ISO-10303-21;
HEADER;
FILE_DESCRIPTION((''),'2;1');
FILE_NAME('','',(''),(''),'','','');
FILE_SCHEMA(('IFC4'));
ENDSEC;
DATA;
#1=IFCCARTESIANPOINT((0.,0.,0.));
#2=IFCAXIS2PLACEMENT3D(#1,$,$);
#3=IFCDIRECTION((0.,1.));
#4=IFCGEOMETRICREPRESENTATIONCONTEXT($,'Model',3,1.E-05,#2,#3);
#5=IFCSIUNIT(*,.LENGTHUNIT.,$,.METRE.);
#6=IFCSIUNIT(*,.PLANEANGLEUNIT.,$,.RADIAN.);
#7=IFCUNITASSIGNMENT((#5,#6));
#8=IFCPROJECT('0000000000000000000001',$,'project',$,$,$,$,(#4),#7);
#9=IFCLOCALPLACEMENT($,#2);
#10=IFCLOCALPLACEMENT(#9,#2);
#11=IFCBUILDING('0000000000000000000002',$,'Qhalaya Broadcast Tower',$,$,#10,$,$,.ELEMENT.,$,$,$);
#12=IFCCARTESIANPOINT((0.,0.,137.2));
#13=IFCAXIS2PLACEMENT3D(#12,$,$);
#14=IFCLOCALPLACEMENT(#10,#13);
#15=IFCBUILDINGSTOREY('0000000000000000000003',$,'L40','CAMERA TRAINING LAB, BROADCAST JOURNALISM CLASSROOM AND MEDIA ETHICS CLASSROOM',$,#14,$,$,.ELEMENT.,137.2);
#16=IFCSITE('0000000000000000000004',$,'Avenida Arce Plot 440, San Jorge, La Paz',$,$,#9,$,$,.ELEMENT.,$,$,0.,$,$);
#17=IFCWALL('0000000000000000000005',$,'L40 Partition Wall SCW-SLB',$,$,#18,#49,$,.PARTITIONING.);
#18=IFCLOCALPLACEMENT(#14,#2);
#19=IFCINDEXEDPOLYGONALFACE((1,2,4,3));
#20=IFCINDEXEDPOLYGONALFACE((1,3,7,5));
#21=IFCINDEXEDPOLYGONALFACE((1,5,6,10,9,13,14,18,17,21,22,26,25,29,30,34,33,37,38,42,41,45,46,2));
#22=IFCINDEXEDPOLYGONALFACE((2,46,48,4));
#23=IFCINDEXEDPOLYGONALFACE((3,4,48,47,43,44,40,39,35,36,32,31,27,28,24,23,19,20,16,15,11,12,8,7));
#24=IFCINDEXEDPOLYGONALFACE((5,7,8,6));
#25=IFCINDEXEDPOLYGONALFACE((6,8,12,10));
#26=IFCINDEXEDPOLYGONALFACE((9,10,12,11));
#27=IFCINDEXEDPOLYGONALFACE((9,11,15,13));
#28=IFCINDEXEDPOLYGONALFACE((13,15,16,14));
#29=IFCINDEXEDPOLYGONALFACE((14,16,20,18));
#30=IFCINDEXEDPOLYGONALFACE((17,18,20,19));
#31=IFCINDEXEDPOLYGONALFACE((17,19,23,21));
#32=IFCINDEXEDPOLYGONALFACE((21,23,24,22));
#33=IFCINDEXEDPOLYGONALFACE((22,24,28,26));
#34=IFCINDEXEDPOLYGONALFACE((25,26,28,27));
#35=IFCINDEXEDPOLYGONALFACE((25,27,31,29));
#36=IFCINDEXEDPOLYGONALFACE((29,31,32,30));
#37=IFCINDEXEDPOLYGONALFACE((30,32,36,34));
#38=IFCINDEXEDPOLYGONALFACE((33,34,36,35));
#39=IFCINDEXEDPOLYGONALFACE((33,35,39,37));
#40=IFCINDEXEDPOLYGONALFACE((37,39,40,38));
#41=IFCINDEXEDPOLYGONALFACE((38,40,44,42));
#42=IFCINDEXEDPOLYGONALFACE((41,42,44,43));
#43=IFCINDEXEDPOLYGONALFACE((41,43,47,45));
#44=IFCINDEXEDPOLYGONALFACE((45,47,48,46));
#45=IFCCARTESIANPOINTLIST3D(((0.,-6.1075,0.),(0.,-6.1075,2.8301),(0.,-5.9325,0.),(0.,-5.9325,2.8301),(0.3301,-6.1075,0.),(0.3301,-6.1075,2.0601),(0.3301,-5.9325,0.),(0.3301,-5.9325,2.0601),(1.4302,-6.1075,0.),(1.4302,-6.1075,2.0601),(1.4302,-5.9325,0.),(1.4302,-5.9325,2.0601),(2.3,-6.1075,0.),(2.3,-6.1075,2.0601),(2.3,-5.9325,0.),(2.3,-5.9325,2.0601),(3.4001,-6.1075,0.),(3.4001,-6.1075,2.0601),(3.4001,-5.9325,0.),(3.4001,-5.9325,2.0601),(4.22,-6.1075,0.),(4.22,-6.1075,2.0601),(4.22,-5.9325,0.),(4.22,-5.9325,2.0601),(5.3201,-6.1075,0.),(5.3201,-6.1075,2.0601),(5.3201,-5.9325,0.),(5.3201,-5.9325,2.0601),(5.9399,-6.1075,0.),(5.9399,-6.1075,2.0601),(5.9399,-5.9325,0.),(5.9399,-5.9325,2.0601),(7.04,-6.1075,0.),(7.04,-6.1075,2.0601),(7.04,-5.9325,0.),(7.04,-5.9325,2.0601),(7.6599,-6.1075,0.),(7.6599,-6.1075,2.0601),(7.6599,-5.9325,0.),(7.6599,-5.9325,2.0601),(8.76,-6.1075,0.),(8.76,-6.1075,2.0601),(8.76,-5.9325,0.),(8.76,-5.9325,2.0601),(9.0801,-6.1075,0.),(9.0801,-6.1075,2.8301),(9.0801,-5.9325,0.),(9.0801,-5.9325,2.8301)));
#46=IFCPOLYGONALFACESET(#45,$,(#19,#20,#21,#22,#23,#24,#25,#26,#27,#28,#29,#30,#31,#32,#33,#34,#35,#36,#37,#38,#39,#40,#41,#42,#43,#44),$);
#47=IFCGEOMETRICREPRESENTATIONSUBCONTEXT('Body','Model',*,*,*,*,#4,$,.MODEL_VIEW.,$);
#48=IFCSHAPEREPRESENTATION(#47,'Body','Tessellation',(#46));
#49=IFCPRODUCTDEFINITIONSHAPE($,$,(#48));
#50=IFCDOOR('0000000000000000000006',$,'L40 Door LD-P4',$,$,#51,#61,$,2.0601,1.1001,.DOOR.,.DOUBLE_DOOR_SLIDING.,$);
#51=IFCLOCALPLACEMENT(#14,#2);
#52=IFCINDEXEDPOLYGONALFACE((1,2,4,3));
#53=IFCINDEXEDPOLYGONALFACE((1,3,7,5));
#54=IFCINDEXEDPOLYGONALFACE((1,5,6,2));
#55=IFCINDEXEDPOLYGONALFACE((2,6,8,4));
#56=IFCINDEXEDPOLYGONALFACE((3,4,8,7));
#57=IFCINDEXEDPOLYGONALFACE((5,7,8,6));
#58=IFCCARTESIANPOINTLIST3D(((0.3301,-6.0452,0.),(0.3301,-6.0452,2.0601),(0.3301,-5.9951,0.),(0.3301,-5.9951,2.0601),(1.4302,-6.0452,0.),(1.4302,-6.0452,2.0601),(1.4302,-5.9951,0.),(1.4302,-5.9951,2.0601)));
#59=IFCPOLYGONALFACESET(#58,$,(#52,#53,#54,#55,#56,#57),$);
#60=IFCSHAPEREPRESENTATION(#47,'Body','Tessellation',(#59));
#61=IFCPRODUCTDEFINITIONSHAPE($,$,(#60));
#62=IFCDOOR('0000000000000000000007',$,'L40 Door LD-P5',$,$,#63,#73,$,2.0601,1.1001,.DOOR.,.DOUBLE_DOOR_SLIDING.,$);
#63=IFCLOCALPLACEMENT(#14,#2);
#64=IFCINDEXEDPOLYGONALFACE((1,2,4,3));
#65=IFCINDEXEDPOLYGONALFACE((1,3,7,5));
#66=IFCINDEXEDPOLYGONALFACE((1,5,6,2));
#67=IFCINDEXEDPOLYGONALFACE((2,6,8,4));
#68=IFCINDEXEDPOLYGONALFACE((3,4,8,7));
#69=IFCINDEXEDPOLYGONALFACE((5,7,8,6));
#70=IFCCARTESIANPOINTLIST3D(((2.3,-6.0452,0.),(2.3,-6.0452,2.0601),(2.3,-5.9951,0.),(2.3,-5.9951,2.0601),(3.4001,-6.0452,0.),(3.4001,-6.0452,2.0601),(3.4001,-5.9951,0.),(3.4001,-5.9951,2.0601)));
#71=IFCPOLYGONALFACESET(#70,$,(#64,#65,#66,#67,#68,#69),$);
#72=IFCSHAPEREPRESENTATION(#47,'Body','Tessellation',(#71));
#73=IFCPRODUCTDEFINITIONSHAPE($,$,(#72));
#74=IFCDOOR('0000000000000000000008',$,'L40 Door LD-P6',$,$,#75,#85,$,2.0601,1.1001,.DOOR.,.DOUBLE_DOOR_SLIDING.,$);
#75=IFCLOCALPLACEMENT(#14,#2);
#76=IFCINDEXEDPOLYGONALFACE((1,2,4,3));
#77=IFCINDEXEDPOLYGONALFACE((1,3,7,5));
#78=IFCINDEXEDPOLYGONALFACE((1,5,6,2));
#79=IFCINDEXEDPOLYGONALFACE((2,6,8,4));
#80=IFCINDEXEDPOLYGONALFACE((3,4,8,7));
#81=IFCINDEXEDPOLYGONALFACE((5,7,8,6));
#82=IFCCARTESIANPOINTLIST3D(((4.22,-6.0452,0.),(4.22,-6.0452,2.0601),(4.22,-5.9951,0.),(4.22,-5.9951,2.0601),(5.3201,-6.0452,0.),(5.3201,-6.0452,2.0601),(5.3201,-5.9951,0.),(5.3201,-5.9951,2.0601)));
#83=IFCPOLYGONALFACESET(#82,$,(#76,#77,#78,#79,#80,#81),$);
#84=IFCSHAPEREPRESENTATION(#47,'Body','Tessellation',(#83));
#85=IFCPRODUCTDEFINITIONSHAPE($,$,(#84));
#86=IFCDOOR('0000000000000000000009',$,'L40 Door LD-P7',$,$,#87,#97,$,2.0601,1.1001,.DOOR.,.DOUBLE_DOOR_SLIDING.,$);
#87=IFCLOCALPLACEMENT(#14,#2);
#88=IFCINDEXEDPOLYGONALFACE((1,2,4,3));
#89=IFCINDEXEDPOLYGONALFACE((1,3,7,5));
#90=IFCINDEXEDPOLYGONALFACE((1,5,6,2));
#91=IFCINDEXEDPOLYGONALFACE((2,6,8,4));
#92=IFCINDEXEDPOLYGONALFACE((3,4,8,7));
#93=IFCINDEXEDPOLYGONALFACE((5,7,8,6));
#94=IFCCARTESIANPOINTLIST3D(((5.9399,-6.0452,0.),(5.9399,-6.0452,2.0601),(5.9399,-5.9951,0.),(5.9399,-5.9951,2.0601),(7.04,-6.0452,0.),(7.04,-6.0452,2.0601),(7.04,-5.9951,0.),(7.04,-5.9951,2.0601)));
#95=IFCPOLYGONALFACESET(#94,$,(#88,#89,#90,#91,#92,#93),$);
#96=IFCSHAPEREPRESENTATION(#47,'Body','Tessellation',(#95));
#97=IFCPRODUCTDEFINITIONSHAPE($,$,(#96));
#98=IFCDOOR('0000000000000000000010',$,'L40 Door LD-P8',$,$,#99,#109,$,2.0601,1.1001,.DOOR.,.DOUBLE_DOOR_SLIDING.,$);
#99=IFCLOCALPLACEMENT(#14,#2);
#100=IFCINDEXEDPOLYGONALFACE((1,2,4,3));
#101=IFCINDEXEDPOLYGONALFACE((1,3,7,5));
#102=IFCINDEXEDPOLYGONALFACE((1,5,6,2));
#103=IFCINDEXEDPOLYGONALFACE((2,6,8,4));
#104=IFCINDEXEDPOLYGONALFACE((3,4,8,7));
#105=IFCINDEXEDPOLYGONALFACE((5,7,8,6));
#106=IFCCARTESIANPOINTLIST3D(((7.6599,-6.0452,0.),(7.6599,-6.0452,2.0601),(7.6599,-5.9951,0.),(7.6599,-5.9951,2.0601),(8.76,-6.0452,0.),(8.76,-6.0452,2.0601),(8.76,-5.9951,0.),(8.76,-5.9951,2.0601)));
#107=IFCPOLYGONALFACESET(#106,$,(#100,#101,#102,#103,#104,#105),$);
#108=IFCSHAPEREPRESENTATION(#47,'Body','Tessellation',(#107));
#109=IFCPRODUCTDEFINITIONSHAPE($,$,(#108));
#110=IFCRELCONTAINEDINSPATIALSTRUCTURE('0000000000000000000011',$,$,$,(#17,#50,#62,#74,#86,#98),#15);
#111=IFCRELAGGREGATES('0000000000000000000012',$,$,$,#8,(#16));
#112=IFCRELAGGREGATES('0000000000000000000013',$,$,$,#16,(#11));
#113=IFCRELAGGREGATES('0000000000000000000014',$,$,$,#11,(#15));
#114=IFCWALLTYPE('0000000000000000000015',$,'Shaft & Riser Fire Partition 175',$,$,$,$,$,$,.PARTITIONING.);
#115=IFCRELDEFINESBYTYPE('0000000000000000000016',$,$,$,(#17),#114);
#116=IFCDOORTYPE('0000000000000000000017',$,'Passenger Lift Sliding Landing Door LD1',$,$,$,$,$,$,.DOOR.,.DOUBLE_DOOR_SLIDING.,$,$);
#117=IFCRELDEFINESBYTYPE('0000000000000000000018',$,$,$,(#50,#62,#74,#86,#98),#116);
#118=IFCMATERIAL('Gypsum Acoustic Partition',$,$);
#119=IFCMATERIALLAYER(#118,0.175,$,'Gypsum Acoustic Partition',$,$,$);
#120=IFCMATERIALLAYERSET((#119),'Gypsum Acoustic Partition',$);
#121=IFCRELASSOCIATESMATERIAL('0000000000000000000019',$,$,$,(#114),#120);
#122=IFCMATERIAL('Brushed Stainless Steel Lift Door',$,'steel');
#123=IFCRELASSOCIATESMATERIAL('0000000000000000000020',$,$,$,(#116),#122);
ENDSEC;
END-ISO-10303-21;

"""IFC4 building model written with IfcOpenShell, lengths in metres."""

from ifc_helpers import new_model, si_unit, direction, frame, frame_2d, origin, place, context, subcontext, project, spatial, rectangle, extrude, material, layer, layer_set, type_object, element, fill, save


model = new_model("IFC4")

# Units and contexts
model_context = context("Model", 3, precision=1e-05, world=origin(), true_north=direction((0.0, 1.0)))
body_context = subcontext(model_context, "Body", "Model", "MODEL_VIEW")
ifc_project = project(units=[si_unit("LENGTHUNIT", "METRE"), si_unit("PLANEANGLEUNIT", "RADIAN")], contexts=[model_context])

# Site, building, storey
site_placement = place(None, origin())
site = spatial("IfcSite", under=ifc_project, at=site_placement, Name="Avenida Arce Plot 440, San Jorge, La Paz", CompositionType="ELEMENT", RefElevation=0.0)
building_placement = place(site_placement, origin())
building = spatial("IfcBuilding", under=site, at=building_placement, Name="Qhalaya Broadcast Tower", CompositionType="ELEMENT")
storey_placement = place(building_placement, frame((0.0, 0.0, 137.2)))
storey = spatial("IfcBuildingStorey", under=building, at=storey_placement, Name="L40", Description="CAMERA TRAINING LAB, BROADCAST JOURNALISM CLASSROOM AND MEDIA ETHICS CLASSROOM", CompositionType="ELEMENT", Elevation=137.2)

# Shared definitions
ifc_material_1 = material(Name="Gypsum Acoustic Partition")

# Wall, openings, doors
ifc_layer_1 = layer(ifc_material_1, 0.175, Name="Gypsum Acoustic Partition")
ifc_layer_set_1 = layer_set([ifc_layer_1], Name="Gypsum Acoustic Partition")
wall_type_1 = type_object("IfcWallType", Name="Shaft & Riser Fire Partition 175", PredefinedType="PARTITIONING", material=ifc_layer_set_1)
wall_1_placement = place(storey_placement, frame((0.0, -6.02, 0.0), z_axis=(0.0, 0.0, 1.0), x_axis=(1.0, 0.0, 0.0)))
wall_1 = element("IfcWall", 1, at=wall_1_placement, inside=storey, type_object=wall_type_1, Name="L40 Partition Wall SCW-SLB", PredefinedType="PARTITIONING", context=body_context, shape_type="SweptSolid", body=[
    extrude(rectangle(XDim=9.0801, YDim=0.175, at=frame_2d((4.54, 0.0))), origin(), (0.0, 0.0, 1.0), 2.8301),
])
opening_1_placement = place(wall_1_placement, frame((0.3301, 0.0, 0.0)))
opening_1 = element("IfcOpeningElement", 2, at=opening_1_placement, cuts=wall_1, PredefinedType="OPENING", context=body_context, shape_type="SweptSolid", body=[
    extrude(rectangle(XDim=1.1001, YDim=2.0601, at=frame_2d((0.55, 1.03))), frame((0.0, 0.0996, 0.0), z_axis=(0.0, -1.0, 0.0), x_axis=(1.0, 0.0, 0.0)), (0.0, 0.0, 1.0), 0.199),
])
opening_2_placement = place(wall_1_placement, frame((2.3, 0.0, 0.0)))
opening_2 = element("IfcOpeningElement", 3, at=opening_2_placement, cuts=wall_1, PredefinedType="OPENING", context=body_context, shape_type="SweptSolid", body=[
    extrude(rectangle(XDim=1.1001, YDim=2.0601, at=frame_2d((0.55, 1.03))), frame((0.0, 0.0996, 0.0), z_axis=(0.0, -1.0, 0.0), x_axis=(1.0, 0.0, 0.0)), (0.0, 0.0, 1.0), 0.199),
])
opening_3_placement = place(wall_1_placement, frame((4.22, 0.0, 0.0)))
opening_3 = element("IfcOpeningElement", 4, at=opening_3_placement, cuts=wall_1, PredefinedType="OPENING", context=body_context, shape_type="SweptSolid", body=[
    extrude(rectangle(XDim=1.1001, YDim=2.0601, at=frame_2d((0.55, 1.03))), frame((0.0, 0.0996, 0.0), z_axis=(0.0, -1.0, 0.0), x_axis=(1.0, 0.0, 0.0)), (0.0, 0.0, 1.0), 0.199),
])
opening_4_placement = place(wall_1_placement, frame((5.9399, 0.0, 0.0)))
opening_4 = element("IfcOpeningElement", 5, at=opening_4_placement, cuts=wall_1, PredefinedType="OPENING", context=body_context, shape_type="SweptSolid", body=[
    extrude(rectangle(XDim=1.1001, YDim=2.0601, at=frame_2d((0.55, 1.03))), frame((0.0, 0.0996, 0.0), z_axis=(0.0, -1.0, 0.0), x_axis=(1.0, 0.0, 0.0)), (0.0, 0.0, 1.0), 0.199),
])
opening_5_placement = place(wall_1_placement, frame((7.6599, 0.0, 0.0)))
opening_5 = element("IfcOpeningElement", 6, at=opening_5_placement, cuts=wall_1, PredefinedType="OPENING", context=body_context, shape_type="SweptSolid", body=[
    extrude(rectangle(XDim=1.1001, YDim=2.0601, at=frame_2d((0.55, 1.03))), frame((0.0, 0.0996, 0.0), z_axis=(0.0, -1.0, 0.0), x_axis=(1.0, 0.0, 0.0)), (0.0, 0.0, 1.0), 0.199),
])
ifc_material_2 = material(Name="Brushed Stainless Steel Lift Door", Category="steel")
door_type = type_object("IfcDoorType", Name="Passenger Lift Sliding Landing Door LD1", OperationType="DOUBLE_DOOR_SLIDING", PredefinedType="DOOR", material=ifc_material_2)
door_1_placement = place(opening_1_placement, origin())
door_1 = element("IfcDoor", 7, at=door_1_placement, inside=storey, type_object=door_type, Name="L40 Door LD-P4", OperationType="DOUBLE_DOOR_SLIDING", OverallHeight=2.0601, OverallWidth=1.1001, PredefinedType="DOOR", context=body_context, shape_type="SweptSolid", body=[
    extrude(rectangle(XDim=1.1001, YDim=2.0601, at=frame_2d((0.55, 1.03))), frame((0.0, 0.0249, 0.0), z_axis=(0.0, -1.0, 0.0), x_axis=(1.0, 0.0, 0.0)), (0.0, 0.0, 1.0), 0.05),
])
fill(opening_1, door_1)
door_2_placement = place(opening_2_placement, origin())
door_2 = element("IfcDoor", 8, at=door_2_placement, inside=storey, type_object=door_type, Name="L40 Door LD-P5", OperationType="DOUBLE_DOOR_SLIDING", OverallHeight=2.0601, OverallWidth=1.1001, PredefinedType="DOOR", context=body_context, shape_type="SweptSolid", body=[
    extrude(rectangle(XDim=1.1001, YDim=2.0601, at=frame_2d((0.55, 1.03))), frame((0.0, 0.0249, 0.0), z_axis=(0.0, -1.0, 0.0), x_axis=(1.0, 0.0, 0.0)), (0.0, 0.0, 1.0), 0.05),
])
fill(opening_2, door_2)
door_3_placement = place(opening_3_placement, origin())
door_3 = element("IfcDoor", 9, at=door_3_placement, inside=storey, type_object=door_type, Name="L40 Door LD-P6", OperationType="DOUBLE_DOOR_SLIDING", OverallHeight=2.0601, OverallWidth=1.1001, PredefinedType="DOOR", context=body_context, shape_type="SweptSolid", body=[
    extrude(rectangle(XDim=1.1001, YDim=2.0601, at=frame_2d((0.55, 1.03))), frame((0.0, 0.0249, 0.0), z_axis=(0.0, -1.0, 0.0), x_axis=(1.0, 0.0, 0.0)), (0.0, 0.0, 1.0), 0.05),
])
fill(opening_3, door_3)
door_4_placement = place(opening_4_placement, origin())
door_4 = element("IfcDoor", 10, at=door_4_placement, inside=storey, type_object=door_type, Name="L40 Door LD-P7", OperationType="DOUBLE_DOOR_SLIDING", OverallHeight=2.0601, OverallWidth=1.1001, PredefinedType="DOOR", context=body_context, shape_type="SweptSolid", body=[
    extrude(rectangle(XDim=1.1001, YDim=2.0601, at=frame_2d((0.55, 1.03))), frame((0.0, 0.0249, 0.0), z_axis=(0.0, -1.0, 0.0), x_axis=(1.0, 0.0, 0.0)), (0.0, 0.0, 1.0), 0.05),
])
fill(opening_4, door_4)
door_5_placement = place(opening_5_placement, origin())
door_5 = element("IfcDoor", 11, at=door_5_placement, inside=storey, type_object=door_type, Name="L40 Door LD-P8", OperationType="DOUBLE_DOOR_SLIDING", OverallHeight=2.0601, OverallWidth=1.1001, PredefinedType="DOOR", context=body_context, shape_type="SweptSolid", body=[
    extrude(rectangle(XDim=1.1001, YDim=2.0601, at=frame_2d((0.55, 1.03))), frame((0.0, 0.0249, 0.0), z_axis=(0.0, -1.0, 0.0), x_axis=(1.0, 0.0, 0.0)), (0.0, 0.0, 1.0), 0.05),
])
fill(opening_5, door_5)

save(model, "model.ifc")
